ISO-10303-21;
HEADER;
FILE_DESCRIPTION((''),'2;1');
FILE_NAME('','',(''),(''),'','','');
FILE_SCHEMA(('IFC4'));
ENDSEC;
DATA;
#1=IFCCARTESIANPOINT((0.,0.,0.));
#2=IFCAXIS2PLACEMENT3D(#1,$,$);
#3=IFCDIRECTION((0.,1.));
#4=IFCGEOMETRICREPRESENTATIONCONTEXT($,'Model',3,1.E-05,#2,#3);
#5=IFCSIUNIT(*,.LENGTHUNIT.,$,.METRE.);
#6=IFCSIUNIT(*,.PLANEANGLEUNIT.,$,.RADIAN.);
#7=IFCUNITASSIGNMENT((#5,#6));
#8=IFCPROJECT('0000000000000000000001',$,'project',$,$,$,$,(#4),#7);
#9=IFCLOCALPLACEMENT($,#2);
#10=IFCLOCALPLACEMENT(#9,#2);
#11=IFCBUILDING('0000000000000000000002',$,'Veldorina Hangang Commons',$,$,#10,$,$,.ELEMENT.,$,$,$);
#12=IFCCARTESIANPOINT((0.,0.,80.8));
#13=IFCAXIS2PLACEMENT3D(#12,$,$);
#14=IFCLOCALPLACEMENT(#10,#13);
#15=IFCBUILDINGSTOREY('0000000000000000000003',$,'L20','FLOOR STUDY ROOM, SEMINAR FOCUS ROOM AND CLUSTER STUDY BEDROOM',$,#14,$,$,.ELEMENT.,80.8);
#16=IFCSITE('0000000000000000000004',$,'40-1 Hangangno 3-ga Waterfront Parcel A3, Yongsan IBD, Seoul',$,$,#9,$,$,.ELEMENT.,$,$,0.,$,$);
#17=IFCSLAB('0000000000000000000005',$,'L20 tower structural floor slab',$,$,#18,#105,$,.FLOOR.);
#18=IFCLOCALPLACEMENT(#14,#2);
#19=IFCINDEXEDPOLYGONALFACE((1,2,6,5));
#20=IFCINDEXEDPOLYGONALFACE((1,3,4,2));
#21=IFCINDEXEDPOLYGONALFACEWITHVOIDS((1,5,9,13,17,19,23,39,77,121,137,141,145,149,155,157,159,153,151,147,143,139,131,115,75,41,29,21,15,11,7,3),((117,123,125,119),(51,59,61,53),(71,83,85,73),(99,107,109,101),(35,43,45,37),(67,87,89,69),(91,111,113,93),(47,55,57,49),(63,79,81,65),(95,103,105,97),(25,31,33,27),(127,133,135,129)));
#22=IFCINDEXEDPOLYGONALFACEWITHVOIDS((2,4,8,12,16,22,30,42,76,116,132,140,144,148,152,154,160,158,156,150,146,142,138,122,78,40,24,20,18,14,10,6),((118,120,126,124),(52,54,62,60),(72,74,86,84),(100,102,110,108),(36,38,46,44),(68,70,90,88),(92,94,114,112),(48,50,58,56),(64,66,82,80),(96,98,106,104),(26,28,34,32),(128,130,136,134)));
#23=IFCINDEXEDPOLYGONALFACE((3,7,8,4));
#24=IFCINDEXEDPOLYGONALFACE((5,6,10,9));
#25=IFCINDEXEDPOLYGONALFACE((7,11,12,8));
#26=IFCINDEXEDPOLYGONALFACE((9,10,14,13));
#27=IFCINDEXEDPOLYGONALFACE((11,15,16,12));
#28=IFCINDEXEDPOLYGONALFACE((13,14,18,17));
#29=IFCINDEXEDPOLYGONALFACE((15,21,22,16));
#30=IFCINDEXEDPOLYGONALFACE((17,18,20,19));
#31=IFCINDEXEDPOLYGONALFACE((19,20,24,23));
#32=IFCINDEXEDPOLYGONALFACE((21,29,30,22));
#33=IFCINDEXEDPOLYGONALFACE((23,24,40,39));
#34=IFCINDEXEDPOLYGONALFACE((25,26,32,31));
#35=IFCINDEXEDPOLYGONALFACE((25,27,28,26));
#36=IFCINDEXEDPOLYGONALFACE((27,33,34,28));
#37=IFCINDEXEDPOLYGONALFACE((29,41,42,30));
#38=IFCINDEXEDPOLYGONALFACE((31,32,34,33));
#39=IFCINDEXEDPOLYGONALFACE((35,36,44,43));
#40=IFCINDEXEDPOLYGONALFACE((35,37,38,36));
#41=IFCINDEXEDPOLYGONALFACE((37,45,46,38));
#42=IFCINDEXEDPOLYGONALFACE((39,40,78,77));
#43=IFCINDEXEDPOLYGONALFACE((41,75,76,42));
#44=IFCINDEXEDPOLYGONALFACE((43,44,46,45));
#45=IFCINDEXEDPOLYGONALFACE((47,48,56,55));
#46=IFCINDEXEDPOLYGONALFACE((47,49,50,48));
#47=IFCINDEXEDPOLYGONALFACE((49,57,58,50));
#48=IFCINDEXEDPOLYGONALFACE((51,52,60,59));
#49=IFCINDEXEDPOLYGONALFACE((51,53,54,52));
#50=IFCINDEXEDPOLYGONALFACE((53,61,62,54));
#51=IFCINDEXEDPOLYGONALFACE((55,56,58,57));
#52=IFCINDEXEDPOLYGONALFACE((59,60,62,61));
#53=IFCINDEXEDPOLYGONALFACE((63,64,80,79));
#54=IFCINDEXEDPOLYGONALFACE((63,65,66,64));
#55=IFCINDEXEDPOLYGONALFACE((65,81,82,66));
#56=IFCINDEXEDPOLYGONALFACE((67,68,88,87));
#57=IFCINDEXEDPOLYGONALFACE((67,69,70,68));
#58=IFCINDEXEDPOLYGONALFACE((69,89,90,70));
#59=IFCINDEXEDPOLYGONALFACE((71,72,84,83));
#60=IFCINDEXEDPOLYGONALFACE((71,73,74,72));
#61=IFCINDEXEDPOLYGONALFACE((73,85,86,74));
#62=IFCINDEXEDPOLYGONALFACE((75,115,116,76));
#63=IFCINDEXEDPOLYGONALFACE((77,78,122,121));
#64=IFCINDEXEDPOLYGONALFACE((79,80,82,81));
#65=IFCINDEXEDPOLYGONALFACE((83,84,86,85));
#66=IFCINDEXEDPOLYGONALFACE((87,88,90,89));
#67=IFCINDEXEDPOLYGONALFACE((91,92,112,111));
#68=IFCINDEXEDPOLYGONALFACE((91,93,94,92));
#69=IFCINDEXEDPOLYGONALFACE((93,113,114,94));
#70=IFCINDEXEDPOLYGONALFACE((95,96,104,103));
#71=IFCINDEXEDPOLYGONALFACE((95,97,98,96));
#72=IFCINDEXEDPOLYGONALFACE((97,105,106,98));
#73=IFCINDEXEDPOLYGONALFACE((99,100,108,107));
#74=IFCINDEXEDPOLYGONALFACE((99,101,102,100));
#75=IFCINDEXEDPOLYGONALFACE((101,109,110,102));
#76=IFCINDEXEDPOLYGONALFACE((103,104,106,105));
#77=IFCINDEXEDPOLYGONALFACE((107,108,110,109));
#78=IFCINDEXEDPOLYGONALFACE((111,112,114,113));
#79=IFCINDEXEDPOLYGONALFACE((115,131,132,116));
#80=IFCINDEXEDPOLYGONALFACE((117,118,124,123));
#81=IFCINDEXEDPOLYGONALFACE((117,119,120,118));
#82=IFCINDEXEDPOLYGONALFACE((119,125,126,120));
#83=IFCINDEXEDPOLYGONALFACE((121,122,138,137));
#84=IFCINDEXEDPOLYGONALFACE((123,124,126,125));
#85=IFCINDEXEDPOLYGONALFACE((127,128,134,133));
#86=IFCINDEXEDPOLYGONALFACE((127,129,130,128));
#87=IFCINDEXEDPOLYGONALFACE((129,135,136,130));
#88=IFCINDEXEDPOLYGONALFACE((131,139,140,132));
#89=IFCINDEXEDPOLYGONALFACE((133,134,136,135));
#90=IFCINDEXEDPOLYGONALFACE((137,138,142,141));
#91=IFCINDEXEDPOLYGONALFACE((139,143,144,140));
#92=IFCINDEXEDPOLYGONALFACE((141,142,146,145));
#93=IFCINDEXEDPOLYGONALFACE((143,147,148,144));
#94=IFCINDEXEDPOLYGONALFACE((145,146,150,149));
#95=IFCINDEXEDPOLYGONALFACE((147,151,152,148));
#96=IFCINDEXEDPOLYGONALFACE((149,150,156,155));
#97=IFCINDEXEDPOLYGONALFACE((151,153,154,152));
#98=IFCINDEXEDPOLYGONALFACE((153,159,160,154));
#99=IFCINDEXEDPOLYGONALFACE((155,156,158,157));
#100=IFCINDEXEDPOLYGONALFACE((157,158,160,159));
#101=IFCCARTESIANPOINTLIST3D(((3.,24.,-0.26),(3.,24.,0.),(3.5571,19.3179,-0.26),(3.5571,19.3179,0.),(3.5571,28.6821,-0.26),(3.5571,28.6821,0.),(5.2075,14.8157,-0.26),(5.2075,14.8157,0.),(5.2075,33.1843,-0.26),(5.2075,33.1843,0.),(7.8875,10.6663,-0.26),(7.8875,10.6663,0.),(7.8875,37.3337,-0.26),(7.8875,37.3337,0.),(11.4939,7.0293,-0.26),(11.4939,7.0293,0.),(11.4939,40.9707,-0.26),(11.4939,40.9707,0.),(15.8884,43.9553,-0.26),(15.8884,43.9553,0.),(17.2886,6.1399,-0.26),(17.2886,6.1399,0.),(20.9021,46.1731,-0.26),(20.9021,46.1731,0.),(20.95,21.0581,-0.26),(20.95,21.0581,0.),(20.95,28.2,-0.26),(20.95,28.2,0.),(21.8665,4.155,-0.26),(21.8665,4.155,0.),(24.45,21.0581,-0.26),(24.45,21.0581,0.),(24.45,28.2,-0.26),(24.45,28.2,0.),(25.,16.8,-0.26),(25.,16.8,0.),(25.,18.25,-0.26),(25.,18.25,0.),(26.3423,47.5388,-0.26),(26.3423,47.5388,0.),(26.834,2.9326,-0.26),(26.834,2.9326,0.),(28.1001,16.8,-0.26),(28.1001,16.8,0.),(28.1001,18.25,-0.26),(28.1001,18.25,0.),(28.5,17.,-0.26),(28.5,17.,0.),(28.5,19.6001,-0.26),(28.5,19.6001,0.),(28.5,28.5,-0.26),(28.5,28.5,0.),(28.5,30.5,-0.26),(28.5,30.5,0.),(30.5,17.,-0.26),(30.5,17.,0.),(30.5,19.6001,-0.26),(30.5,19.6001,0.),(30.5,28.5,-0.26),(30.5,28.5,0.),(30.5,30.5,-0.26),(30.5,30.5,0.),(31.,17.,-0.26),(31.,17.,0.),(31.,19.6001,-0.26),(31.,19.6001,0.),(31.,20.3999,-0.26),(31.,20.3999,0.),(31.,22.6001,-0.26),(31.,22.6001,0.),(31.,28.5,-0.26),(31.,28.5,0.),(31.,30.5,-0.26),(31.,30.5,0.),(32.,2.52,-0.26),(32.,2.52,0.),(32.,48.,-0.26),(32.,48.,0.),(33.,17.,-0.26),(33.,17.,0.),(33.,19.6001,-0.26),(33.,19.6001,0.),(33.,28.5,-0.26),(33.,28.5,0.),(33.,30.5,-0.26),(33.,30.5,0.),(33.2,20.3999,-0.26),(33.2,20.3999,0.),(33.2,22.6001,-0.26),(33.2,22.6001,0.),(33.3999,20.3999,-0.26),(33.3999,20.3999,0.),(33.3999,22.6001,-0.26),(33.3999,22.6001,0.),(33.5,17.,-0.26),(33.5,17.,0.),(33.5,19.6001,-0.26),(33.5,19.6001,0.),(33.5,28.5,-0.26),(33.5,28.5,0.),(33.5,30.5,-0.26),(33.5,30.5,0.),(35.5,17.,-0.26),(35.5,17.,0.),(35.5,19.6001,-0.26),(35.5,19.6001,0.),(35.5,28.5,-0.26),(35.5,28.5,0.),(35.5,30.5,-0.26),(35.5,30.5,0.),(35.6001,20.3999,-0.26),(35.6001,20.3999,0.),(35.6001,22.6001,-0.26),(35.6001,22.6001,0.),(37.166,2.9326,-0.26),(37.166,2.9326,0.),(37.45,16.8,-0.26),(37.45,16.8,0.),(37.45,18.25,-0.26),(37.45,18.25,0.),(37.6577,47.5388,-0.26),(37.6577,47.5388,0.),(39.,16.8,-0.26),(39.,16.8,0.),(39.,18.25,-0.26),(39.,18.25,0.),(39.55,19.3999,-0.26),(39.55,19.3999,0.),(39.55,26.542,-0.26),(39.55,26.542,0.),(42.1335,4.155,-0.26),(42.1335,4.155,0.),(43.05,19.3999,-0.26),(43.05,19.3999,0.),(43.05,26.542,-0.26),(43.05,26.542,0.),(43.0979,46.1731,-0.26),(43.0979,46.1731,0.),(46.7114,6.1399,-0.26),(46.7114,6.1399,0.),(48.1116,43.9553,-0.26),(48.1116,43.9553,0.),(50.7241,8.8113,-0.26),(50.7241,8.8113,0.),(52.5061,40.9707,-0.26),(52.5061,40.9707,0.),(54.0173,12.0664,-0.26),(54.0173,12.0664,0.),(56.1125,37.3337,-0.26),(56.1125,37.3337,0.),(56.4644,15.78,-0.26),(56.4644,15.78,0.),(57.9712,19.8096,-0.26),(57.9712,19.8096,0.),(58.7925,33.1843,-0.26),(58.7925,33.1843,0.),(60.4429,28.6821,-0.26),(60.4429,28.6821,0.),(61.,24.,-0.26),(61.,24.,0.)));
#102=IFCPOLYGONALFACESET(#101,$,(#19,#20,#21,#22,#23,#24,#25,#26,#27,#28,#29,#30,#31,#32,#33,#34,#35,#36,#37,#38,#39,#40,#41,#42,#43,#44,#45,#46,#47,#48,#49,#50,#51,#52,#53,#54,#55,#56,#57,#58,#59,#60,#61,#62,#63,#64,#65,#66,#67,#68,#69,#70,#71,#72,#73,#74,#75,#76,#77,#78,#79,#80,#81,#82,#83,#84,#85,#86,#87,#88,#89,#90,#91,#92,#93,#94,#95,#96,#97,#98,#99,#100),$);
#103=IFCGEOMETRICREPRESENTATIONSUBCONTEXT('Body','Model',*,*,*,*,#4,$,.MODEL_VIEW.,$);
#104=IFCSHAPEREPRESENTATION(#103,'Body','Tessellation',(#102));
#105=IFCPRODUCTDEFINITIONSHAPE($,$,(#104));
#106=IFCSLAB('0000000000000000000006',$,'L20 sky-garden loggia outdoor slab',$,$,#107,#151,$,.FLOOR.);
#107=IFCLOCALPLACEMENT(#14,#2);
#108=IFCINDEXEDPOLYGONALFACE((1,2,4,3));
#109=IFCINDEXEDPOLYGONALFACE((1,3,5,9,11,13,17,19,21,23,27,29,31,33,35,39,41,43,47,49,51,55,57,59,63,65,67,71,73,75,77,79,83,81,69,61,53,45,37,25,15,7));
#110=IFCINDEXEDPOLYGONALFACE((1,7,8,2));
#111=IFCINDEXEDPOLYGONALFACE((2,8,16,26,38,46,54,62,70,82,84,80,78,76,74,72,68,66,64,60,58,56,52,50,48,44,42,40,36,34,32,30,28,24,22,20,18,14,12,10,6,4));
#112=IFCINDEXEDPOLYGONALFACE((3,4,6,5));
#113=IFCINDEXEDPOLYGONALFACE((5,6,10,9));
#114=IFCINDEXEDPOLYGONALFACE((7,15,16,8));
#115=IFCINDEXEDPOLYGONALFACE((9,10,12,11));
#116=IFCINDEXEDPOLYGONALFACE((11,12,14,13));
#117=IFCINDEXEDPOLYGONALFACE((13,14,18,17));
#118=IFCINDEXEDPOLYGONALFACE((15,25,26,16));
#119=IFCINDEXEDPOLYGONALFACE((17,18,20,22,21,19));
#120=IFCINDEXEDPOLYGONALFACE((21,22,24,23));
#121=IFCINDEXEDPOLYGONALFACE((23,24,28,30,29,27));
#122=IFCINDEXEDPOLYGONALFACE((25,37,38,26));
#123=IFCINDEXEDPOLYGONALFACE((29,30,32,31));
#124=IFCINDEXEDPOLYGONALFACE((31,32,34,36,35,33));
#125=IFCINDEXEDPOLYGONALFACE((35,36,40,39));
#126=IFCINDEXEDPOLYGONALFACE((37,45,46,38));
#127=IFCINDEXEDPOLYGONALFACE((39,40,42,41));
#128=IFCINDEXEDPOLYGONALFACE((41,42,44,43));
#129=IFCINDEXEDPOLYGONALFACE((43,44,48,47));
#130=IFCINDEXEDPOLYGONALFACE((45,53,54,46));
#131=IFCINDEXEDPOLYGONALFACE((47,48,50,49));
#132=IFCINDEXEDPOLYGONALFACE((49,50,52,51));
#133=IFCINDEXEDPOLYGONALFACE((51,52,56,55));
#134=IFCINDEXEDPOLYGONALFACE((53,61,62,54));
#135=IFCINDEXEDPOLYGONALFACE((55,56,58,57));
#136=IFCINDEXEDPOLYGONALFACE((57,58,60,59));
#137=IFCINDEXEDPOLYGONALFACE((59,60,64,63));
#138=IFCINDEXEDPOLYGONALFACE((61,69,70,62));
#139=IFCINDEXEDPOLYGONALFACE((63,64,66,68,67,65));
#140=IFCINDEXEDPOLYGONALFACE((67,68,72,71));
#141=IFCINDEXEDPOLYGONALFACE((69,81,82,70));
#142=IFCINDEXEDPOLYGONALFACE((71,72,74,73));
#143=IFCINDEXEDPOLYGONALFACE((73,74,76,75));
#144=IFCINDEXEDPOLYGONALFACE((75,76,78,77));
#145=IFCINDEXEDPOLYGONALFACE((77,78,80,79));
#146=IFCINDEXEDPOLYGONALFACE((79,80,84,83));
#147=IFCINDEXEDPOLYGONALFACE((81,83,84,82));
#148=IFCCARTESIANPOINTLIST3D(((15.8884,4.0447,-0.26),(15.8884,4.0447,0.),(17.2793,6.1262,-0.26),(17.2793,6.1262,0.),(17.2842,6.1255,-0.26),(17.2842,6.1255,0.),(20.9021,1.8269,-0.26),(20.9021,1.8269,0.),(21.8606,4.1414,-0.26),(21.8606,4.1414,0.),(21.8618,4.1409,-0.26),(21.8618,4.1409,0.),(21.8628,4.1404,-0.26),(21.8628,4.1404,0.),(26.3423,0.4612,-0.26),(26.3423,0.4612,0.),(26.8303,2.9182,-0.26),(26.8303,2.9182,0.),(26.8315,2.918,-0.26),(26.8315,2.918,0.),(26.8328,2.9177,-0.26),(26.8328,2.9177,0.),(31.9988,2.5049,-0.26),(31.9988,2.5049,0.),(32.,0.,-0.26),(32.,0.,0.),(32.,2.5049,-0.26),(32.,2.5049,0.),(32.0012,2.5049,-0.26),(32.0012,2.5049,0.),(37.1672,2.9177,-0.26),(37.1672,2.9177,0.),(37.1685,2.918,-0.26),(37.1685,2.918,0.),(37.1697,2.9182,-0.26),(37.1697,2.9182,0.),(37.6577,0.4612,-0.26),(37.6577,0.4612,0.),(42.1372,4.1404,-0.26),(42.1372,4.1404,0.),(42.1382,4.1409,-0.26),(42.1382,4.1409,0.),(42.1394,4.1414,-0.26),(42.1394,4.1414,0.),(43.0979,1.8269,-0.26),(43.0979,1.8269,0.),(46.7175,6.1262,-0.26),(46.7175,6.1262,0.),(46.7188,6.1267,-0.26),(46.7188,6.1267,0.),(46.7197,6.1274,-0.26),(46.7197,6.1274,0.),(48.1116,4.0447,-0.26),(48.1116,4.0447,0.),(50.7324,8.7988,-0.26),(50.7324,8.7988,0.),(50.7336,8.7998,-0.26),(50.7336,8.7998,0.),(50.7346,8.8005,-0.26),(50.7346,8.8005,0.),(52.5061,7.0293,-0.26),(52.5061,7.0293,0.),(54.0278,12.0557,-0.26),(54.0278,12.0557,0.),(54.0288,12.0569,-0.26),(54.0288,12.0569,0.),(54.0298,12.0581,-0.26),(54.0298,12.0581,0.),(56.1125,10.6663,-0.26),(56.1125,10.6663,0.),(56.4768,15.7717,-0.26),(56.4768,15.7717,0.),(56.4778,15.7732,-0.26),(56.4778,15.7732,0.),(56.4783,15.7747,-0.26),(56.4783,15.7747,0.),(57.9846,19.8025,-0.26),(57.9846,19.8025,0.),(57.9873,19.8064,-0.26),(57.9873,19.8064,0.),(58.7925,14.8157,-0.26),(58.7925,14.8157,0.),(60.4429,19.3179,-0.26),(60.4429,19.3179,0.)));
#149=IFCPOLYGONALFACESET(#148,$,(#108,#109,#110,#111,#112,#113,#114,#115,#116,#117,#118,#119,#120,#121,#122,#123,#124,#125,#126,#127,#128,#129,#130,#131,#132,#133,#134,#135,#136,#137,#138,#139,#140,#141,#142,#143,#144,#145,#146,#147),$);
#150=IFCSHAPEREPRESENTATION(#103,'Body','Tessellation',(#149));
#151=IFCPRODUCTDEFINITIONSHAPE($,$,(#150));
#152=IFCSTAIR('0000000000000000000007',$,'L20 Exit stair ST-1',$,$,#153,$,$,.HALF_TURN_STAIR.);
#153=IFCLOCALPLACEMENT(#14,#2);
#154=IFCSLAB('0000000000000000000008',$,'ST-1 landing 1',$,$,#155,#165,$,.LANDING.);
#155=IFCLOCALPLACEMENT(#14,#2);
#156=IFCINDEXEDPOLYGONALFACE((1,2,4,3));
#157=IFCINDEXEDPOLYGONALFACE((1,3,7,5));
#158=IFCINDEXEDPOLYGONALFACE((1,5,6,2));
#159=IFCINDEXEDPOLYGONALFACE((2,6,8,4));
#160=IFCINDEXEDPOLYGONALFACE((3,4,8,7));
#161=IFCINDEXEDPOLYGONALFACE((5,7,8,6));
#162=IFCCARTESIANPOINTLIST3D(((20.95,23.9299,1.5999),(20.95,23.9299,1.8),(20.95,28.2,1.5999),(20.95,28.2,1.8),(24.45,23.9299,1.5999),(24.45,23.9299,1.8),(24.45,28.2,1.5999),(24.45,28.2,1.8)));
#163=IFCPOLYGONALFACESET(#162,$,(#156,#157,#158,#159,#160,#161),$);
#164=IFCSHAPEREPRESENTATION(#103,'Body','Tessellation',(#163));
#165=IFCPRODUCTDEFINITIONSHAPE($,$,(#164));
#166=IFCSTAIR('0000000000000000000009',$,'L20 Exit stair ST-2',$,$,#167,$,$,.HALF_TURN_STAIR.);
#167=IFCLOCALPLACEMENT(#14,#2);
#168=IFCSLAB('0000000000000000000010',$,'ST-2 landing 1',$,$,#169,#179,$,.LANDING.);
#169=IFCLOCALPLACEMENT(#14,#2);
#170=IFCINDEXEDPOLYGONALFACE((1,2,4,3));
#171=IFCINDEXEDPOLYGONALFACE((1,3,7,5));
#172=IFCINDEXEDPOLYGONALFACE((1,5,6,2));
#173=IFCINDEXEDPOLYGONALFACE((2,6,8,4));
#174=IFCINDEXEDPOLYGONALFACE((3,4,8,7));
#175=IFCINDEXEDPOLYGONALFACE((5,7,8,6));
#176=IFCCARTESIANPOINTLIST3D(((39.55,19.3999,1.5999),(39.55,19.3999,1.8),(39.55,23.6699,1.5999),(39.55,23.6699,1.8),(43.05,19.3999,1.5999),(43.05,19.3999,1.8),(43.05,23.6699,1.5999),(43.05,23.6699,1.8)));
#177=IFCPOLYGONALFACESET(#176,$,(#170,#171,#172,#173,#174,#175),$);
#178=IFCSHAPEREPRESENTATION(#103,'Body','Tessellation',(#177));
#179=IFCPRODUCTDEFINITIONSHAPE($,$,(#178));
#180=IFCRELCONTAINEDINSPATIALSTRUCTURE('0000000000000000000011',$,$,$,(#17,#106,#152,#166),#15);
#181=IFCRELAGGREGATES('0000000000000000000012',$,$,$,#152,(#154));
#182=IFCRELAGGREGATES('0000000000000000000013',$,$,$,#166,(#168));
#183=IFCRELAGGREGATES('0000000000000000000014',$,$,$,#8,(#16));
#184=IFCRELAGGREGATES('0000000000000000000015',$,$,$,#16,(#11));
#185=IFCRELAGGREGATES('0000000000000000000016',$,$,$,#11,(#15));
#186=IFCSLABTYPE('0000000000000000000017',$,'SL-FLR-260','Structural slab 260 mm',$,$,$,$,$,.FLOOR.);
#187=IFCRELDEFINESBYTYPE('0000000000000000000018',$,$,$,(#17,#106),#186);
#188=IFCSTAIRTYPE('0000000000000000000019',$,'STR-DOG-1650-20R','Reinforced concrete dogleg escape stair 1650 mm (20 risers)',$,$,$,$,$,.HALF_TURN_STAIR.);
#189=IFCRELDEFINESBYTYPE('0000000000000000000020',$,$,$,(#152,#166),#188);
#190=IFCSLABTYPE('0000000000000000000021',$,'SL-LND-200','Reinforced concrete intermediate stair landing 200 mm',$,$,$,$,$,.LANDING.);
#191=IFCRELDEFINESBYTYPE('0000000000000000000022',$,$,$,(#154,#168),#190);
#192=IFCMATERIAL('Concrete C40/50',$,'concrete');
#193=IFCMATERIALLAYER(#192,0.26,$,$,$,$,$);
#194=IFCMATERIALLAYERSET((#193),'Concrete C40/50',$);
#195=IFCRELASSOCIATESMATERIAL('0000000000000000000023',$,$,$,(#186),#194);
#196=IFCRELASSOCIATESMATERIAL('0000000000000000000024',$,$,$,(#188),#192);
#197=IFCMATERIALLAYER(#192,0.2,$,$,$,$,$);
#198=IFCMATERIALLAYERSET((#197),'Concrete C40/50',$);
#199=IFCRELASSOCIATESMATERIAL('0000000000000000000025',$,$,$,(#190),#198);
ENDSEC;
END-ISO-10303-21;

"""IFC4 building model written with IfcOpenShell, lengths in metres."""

from ifc_helpers import new_model, si_unit, direction, frame, origin, place, context, subcontext, project, spatial, polyline, outline, extrude, material, layer, layer_set, type_object, element, aggregate, save


model = new_model("IFC4")

# Units and contexts
model_context = context("Model", 3, precision=1e-05, world=origin(), true_north=direction((0.0, 1.0)))
body_context = subcontext(model_context, "Body", "Model", "MODEL_VIEW")
ifc_project = project(units=[si_unit("LENGTHUNIT", "METRE"), si_unit("PLANEANGLEUNIT", "RADIAN")], contexts=[model_context])

# Site, building, storey
site_placement = place(None, origin())
site = spatial("IfcSite", under=ifc_project, at=site_placement, Name="40-1 Hangangno 3-ga Waterfront Parcel A3, Yongsan IBD, Seoul", CompositionType="ELEMENT", RefElevation=0.0)
building_placement = place(site_placement, origin())
building = spatial("IfcBuilding", under=site, at=building_placement, Name="Veldorina Hangang Commons", CompositionType="ELEMENT")
storey_placement = place(building_placement, frame((0.0, 0.0, 80.8)))
storey = spatial("IfcBuildingStorey", under=building, at=storey_placement, Name="L20", Description="FLOOR STUDY ROOM, SEMINAR FOCUS ROOM AND CLUSTER STUDY BEDROOM", CompositionType="ELEMENT", Elevation=80.8)

# Slabs
ifc_material_1 = material(Name="Concrete C40/50", Category="concrete")
ifc_layer_1 = layer(ifc_material_1, 0.26)
ifc_layer_set_1 = layer_set([ifc_layer_1], Name="Concrete C40/50")
slab_type_1 = type_object("IfcSlabType", Name="SL-FLR-260", Description="Structural slab 260 mm", PredefinedType="FLOOR", material=ifc_layer_set_1)
slab_1_placement = place(storey_placement, frame((0.0, 0.0, -0.26)))
element("IfcSlab", 1, at=slab_1_placement, inside=storey, type_object=slab_type_1, Name="L20 tower structural floor slab", PredefinedType="FLOOR", context=body_context, shape_type="SweptSolid", body=[
    extrude(outline(polyline([(61.0, 24.0), (60.4429, 28.6821), (58.7925, 33.1843), (56.1125, 37.3337), (52.5061, 40.9707), (48.1116, 43.9553), (43.0979, 46.1731), (37.6577, 47.5388), (32.0, 48.0), (26.3423, 47.5388), (20.9021, 46.1731), (15.8884, 43.9553), (11.4939, 40.9707), (7.8875, 37.3337), (5.2075, 33.1843), (3.5571, 28.6821), (3.0, 24.0), (3.5571, 19.3179), (5.2075, 14.8157), (7.8875, 10.6663), (11.4939, 7.0293), (17.2886, 6.1399), (21.8665, 4.155), (26.834, 2.9326), (32.0, 2.52), (37.166, 2.9326), (42.1335, 4.155), (46.7114, 6.1399), (50.7241, 8.8113), (54.0173, 12.0664), (56.4644, 15.78), (57.9712, 19.8096), (61.0, 24.0)]), holes=[polyline([(20.95, 21.0581), (20.95, 28.2), (24.45, 28.2), (24.45, 21.0581), (20.95, 21.0581)]), polyline([(43.05, 26.542), (43.05, 19.3999), (39.55, 19.3999), (39.55, 26.542), (43.05, 26.542)]), polyline([(28.5, 30.5), (30.5, 30.5), (30.5, 28.5), (28.5, 28.5), (28.5, 30.5)]), polyline([(31.0, 30.5), (33.0, 30.5), (33.0, 28.5), (31.0, 28.5), (31.0, 30.5)]), polyline([(33.5, 30.5), (35.5, 30.5), (35.5, 28.5), (33.5, 28.5), (33.5, 30.5)]), polyline([(31.0, 22.6001), (33.2, 22.6001), (33.2, 20.3999), (31.0, 20.3999), (31.0, 22.6001)]), polyline([(33.3999, 22.6001), (35.6001, 22.6001), (35.6001, 20.3999), (33.3999, 20.3999), (33.3999, 22.6001)]), polyline([(28.5, 19.6001), (30.5, 19.6001), (30.5, 17.0), (28.5, 17.0), (28.5, 19.6001)]), polyline([(31.0, 19.6001), (33.0, 19.6001), (33.0, 17.0), (31.0, 17.0), (31.0, 19.6001)]), polyline([(33.5, 19.6001), (35.5, 19.6001), (35.5, 17.0), (33.5, 17.0), (33.5, 19.6001)]), polyline([(25.0, 18.25), (28.1001, 18.25), (28.1001, 16.8), (25.0, 16.8), (25.0, 18.25)]), polyline([(37.45, 18.25), (39.0, 18.25), (39.0, 16.8), (37.45, 16.8), (37.45, 18.25)])]), origin(), (0.0, 0.0, 1.0), 0.26),
])
slab_2_placement = place(storey_placement, frame((0.0, 0.0, -0.26)))
element("IfcSlab", 2, at=slab_2_placement, inside=storey, type_object=slab_type_1, Name="L20 sky-garden loggia outdoor slab", PredefinedType="FLOOR", context=body_context, shape_type="SweptSolid", body=[
    extrude(outline(polyline([(60.4429, 19.3179), (58.7925, 14.8157), (56.1125, 10.6663), (52.5061, 7.0293), (48.1116, 4.0447), (43.0979, 1.8269), (37.6577, 0.4612), (32.0, 0.0), (26.3423, 0.4612), (20.9021, 1.8269), (15.8884, 4.0447), (17.2793, 6.1262), (17.2842, 6.1255), (21.8606, 4.1414), (21.8618, 4.1409), (21.8628, 4.1404), (26.8303, 2.9182), (26.8315, 2.918), (26.8328, 2.9177), (31.9988, 2.5049), (32.0, 2.5049), (32.0012, 2.5049), (37.1672, 2.9177), (37.1685, 2.918), (37.1697, 2.9182), (42.1372, 4.1404), (42.1382, 4.1409), (42.1394, 4.1414), (46.7175, 6.1262), (46.7188, 6.1267), (46.7197, 6.1274), (50.7324, 8.7988), (50.7336, 8.7998), (50.7346, 8.8005), (54.0278, 12.0557), (54.0288, 12.0569), (54.0298, 12.0581), (56.4768, 15.7717), (56.4778, 15.7732), (56.4783, 15.7747), (57.9846, 19.8025), (57.9873, 19.8064), (60.4429, 19.3179)])), origin(), (0.0, 0.0, 1.0), 0.26),
])

# Stairs, slabs
stair_type = type_object("IfcStairType", Name="STR-DOG-1650-20R", Description="Reinforced concrete dogleg escape stair 1650 mm (20 risers)", PredefinedType="HALF_TURN_STAIR", material=ifc_material_1)
stair_1_placement = place(storey_placement, origin())
stair_1 = element("IfcStair", 3, at=stair_1_placement, inside=storey, type_object=stair_type, Name="L20 Exit stair ST-1", PredefinedType="HALF_TURN_STAIR")
ifc_layer_2 = layer(ifc_material_1, 0.2)
ifc_layer_set_2 = layer_set([ifc_layer_2], Name="Concrete C40/50")
slab_type_2 = type_object("IfcSlabType", Name="SL-LND-200", Description="Reinforced concrete intermediate stair landing 200 mm", PredefinedType="LANDING", material=ifc_layer_set_2)
slab_3_placement = place(storey_placement, frame((0.0, 0.0, 1.5999)))
slab_3 = element("IfcSlab", 4, at=slab_3_placement, type_object=slab_type_2, Name="ST-1 landing 1", PredefinedType="LANDING", context=body_context, shape_type="SweptSolid", body=[
    extrude(outline(polyline([(24.45, 23.9299), (24.45, 28.2), (20.95, 28.2), (20.95, 23.9299), (24.45, 23.9299)])), origin(), (0.0, 0.0, 1.0), 0.2002),
])
aggregate(stair_1, [slab_3])
stair_2_placement = place(storey_placement, origin())
stair_2 = element("IfcStair", 5, at=stair_2_placement, inside=storey, type_object=stair_type, Name="L20 Exit stair ST-2", PredefinedType="HALF_TURN_STAIR")
slab_4_placement = place(storey_placement, frame((0.0, 0.0, 1.5999)))
slab_4 = element("IfcSlab", 6, at=slab_4_placement, type_object=slab_type_2, Name="ST-2 landing 1", PredefinedType="LANDING", context=body_context, shape_type="SweptSolid", body=[
    extrude(outline(polyline([(39.55, 23.6699), (39.55, 19.3999), (43.05, 19.3999), (43.05, 23.6699), (39.55, 23.6699)])), origin(), (0.0, 0.0, 1.0), 0.2002),
])
aggregate(stair_2, [slab_4])

save(model, "model.ifc")
